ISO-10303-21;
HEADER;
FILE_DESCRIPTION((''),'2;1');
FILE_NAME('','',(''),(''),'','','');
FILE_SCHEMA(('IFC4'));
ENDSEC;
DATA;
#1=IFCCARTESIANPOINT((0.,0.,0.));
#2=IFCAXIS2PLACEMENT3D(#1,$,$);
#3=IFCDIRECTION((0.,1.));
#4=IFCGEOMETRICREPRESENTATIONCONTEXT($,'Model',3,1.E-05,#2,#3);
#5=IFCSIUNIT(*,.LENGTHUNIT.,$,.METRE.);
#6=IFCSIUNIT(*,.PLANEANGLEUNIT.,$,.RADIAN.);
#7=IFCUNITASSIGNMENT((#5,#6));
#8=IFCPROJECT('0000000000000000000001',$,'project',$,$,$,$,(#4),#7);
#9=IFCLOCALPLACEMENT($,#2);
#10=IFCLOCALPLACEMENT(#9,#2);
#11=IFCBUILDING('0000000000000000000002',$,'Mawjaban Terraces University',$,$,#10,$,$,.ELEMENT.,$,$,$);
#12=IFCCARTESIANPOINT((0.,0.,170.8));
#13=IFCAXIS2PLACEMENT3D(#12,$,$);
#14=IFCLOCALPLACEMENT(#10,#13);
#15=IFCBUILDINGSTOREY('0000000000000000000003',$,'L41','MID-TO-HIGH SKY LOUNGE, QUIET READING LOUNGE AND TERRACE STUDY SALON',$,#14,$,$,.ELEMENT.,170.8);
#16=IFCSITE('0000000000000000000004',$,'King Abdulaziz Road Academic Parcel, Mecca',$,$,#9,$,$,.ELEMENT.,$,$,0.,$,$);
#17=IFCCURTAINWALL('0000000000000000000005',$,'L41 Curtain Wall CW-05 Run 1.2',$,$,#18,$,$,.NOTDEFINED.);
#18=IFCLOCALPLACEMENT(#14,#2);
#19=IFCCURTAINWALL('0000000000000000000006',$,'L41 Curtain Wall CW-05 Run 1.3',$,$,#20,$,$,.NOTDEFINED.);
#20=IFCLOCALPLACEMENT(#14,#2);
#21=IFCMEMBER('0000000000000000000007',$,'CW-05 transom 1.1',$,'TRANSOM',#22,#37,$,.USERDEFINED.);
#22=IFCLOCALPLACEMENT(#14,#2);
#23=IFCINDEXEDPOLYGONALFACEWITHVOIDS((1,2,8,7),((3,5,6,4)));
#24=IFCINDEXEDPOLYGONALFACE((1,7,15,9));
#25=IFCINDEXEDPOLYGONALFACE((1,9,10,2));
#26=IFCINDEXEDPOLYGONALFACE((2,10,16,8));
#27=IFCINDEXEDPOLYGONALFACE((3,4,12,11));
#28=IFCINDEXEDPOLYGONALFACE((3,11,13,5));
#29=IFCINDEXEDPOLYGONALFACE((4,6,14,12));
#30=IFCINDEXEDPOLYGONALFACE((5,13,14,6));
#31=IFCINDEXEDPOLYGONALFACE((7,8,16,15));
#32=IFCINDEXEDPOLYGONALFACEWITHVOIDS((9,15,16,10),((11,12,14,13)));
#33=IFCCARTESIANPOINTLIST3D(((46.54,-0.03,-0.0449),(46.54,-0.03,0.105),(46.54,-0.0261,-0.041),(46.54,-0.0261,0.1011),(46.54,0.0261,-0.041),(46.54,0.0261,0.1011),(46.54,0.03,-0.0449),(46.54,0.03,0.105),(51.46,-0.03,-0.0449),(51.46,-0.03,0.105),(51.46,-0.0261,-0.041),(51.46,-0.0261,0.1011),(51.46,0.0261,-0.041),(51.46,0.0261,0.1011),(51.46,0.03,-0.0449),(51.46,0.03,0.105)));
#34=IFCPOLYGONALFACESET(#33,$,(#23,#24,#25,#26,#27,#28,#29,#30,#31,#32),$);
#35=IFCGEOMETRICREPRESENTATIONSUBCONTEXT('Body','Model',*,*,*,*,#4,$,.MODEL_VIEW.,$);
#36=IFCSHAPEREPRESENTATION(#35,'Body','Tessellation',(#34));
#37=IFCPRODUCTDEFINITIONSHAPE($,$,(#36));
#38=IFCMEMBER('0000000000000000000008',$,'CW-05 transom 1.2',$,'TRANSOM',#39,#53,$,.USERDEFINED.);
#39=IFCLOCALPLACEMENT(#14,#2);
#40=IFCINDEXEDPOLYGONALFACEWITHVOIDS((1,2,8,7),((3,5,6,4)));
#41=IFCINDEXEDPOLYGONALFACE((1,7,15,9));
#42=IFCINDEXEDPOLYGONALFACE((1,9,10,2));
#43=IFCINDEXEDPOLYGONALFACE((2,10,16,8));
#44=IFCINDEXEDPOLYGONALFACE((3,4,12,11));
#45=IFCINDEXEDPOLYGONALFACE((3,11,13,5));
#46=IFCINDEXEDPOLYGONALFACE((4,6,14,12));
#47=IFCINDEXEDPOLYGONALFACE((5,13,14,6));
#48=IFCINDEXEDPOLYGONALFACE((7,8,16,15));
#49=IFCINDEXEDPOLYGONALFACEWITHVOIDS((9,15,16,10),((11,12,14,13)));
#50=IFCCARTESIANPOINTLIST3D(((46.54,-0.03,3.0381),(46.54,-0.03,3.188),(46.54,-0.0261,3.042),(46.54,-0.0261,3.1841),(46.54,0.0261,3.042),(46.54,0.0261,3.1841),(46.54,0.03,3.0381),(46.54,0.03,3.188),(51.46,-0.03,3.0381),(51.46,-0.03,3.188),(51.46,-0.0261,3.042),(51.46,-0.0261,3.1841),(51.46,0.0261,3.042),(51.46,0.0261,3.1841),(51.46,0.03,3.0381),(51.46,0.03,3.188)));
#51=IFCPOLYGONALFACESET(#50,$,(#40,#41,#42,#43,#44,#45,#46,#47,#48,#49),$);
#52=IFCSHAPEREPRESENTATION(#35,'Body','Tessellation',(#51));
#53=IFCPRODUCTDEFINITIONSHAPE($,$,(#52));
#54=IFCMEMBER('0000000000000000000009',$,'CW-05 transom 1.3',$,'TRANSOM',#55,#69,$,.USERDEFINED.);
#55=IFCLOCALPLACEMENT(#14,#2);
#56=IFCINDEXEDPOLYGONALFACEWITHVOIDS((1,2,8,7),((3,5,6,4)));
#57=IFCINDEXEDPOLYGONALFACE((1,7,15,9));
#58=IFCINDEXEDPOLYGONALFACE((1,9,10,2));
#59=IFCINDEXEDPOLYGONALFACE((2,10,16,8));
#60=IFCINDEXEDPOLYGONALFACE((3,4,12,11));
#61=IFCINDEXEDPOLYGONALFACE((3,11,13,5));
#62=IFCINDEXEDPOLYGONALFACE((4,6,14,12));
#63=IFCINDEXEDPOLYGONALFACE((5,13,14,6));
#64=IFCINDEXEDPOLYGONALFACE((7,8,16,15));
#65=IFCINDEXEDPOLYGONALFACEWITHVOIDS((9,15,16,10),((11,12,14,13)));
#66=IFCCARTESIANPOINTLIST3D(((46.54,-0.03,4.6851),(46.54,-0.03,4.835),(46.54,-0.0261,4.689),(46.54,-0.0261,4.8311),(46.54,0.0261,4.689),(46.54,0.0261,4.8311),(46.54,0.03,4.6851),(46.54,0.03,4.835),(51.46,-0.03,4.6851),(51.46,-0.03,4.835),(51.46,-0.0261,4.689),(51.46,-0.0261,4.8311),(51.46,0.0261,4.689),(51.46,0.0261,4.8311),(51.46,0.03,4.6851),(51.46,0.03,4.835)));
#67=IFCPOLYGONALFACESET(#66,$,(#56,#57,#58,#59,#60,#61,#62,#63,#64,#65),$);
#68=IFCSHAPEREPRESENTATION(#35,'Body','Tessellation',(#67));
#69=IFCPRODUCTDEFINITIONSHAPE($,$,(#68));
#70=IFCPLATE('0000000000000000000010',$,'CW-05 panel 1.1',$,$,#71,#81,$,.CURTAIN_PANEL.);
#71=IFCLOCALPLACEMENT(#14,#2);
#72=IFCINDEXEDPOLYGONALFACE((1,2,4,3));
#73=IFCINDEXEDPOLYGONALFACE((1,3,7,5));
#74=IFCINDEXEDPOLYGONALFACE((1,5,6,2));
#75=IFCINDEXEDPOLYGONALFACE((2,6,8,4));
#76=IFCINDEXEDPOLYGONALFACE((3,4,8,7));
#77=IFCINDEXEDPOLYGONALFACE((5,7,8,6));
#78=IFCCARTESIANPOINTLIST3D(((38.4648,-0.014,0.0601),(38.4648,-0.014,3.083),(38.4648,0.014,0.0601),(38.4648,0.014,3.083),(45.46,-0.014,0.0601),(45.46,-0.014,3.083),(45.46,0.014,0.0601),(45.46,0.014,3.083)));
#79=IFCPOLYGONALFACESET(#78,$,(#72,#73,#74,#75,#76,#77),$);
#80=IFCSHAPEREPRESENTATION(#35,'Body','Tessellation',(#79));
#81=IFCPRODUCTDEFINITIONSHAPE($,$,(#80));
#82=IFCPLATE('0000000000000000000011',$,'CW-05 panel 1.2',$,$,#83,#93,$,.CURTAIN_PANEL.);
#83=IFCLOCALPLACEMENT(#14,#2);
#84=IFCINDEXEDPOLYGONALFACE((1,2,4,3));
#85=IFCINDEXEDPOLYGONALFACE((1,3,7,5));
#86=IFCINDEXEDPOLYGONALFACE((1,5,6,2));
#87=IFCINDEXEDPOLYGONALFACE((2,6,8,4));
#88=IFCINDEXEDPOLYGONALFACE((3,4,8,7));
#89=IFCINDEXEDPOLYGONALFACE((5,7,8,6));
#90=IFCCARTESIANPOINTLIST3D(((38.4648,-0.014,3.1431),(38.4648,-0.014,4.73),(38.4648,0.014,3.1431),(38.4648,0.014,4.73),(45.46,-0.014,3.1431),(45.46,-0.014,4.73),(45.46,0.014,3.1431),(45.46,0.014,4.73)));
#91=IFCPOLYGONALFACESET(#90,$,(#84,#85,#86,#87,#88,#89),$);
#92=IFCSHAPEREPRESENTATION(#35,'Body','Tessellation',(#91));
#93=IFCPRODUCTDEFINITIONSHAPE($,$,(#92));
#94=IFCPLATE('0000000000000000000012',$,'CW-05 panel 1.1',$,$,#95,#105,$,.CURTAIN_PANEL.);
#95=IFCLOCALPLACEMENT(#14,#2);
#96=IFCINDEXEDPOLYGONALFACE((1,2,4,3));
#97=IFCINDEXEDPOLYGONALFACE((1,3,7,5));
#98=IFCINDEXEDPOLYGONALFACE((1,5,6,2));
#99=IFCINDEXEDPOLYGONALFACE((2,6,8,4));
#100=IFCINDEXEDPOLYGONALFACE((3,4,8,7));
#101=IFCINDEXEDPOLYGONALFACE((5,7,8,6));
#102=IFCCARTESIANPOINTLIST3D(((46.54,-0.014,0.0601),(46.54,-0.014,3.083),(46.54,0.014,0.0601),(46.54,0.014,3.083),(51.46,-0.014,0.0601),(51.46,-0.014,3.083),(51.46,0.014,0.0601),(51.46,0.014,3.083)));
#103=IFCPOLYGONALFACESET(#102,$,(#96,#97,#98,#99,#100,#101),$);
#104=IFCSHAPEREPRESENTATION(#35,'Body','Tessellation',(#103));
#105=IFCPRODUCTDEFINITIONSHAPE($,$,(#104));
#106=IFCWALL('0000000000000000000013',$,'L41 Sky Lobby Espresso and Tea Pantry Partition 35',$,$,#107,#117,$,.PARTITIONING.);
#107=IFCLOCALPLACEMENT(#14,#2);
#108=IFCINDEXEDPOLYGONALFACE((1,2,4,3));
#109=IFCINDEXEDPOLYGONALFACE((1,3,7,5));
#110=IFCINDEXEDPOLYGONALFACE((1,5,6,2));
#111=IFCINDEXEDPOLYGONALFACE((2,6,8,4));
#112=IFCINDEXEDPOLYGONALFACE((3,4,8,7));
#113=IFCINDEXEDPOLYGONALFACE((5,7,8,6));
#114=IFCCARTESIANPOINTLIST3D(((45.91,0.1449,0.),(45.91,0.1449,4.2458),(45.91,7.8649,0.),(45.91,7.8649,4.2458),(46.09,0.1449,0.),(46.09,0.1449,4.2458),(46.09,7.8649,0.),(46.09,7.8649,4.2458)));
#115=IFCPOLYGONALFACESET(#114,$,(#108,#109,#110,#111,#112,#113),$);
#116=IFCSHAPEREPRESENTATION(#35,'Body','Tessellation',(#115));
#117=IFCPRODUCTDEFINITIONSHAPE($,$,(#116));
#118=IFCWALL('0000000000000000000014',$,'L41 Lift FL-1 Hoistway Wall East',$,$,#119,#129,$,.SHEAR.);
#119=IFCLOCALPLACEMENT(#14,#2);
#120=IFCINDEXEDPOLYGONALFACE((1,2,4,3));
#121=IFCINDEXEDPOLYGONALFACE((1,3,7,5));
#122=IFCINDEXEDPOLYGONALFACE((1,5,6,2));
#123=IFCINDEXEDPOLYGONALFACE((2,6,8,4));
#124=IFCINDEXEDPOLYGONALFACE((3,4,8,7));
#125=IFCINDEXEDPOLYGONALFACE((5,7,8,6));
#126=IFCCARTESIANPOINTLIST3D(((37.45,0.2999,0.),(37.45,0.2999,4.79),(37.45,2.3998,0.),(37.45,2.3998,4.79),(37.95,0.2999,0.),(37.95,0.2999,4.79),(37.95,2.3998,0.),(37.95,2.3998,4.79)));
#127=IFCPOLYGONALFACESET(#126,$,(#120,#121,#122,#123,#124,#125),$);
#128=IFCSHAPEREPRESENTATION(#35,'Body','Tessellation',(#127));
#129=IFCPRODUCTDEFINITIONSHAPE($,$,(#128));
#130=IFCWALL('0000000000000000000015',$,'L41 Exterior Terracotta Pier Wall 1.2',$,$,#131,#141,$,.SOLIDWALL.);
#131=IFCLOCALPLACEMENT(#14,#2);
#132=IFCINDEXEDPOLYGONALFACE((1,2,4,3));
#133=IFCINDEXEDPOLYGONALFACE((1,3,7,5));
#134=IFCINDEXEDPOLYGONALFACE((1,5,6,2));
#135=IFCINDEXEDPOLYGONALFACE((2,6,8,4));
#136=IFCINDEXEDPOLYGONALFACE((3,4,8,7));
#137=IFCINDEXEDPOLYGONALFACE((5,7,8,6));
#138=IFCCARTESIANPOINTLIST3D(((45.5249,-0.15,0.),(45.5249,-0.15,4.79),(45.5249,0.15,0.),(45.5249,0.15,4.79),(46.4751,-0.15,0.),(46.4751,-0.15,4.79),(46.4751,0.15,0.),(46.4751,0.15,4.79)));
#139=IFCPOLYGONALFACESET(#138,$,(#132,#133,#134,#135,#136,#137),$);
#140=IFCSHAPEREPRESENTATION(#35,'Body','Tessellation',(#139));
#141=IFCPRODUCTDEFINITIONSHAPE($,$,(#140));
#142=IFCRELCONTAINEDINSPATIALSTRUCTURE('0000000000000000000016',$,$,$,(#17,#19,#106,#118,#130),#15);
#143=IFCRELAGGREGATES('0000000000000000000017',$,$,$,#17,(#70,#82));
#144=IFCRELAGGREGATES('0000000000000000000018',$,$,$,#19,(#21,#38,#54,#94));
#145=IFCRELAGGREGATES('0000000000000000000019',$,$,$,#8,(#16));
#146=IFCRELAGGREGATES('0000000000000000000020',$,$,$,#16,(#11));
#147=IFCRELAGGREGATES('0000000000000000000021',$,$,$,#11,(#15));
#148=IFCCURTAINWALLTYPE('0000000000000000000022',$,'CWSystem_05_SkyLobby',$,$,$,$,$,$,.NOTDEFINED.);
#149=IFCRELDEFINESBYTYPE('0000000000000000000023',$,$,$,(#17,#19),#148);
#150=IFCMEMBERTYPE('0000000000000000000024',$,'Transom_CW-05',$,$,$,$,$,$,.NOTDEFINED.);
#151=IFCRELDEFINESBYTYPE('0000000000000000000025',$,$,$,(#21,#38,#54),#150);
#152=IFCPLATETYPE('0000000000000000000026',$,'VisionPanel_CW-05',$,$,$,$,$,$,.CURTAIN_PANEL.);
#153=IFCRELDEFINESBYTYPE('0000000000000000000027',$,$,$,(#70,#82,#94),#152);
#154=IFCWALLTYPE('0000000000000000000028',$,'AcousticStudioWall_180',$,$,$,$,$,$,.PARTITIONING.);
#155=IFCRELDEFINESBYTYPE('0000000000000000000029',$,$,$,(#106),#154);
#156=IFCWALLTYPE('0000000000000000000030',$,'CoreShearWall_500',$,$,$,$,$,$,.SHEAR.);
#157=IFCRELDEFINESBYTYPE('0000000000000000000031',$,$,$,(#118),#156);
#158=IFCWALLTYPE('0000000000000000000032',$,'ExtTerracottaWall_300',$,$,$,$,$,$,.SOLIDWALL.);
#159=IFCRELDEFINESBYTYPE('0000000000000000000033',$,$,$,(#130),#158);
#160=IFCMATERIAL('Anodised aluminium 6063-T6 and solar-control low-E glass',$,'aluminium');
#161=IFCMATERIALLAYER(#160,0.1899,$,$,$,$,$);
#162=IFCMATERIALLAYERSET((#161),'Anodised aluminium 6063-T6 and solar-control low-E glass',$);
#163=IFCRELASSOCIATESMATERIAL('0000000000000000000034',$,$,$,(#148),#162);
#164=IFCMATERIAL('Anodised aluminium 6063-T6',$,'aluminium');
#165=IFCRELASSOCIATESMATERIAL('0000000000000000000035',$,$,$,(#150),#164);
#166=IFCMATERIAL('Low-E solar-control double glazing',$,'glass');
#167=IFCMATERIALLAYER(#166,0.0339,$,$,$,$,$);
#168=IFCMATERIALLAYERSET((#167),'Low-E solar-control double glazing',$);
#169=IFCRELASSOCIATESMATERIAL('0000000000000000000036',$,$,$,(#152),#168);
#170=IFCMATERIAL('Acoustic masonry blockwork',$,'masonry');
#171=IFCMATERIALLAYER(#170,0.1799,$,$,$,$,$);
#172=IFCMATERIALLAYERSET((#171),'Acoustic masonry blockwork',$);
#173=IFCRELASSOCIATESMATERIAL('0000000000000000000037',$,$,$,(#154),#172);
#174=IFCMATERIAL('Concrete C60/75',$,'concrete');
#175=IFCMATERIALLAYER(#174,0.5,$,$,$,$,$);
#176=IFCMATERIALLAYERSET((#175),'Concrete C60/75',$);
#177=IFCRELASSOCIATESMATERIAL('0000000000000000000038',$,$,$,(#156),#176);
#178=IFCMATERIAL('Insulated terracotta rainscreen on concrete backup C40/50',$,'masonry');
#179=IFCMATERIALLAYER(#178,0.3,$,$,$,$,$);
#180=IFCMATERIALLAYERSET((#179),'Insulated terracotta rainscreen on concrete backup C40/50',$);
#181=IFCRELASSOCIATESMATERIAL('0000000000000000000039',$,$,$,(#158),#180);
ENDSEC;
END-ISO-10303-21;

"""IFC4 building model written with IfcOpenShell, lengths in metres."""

from ifc_helpers import new_model, si_unit, direction, frame, frame_2d, origin, origin_2d, place, context, subcontext, project, spatial, rectangle, hollow_rectangle, extrude, material, layer, layer_set, material_profile, profile_set, type_object, element, aggregate, save


model = new_model("IFC4")

# Units and contexts
model_context = context("Model", 3, precision=1e-05, world=origin(), true_north=direction((0.0, 1.0)))
body_context = subcontext(model_context, "Body", "Model", "MODEL_VIEW")
ifc_project = project(units=[si_unit("LENGTHUNIT", "METRE"), si_unit("PLANEANGLEUNIT", "RADIAN")], contexts=[model_context])

# Site, building, storey
site_placement = place(None, origin())
site = spatial("IfcSite", under=ifc_project, at=site_placement, Name="King Abdulaziz Road Academic Parcel, Mecca", CompositionType="ELEMENT", RefElevation=0.0)
building_placement = place(site_placement, origin())
building = spatial("IfcBuilding", under=site, at=building_placement, Name="Mawjaban Terraces University", CompositionType="ELEMENT")
storey_placement = place(building_placement, frame((0.0, 0.0, 170.8)))
storey = spatial("IfcBuildingStorey", under=building, at=storey_placement, Name="L41", Description="MID-TO-HIGH SKY LOUNGE, QUIET READING LOUNGE AND TERRACE STUDY SALON", CompositionType="ELEMENT", Elevation=170.8)

# Curtain wall
ifc_material_1 = material(Name="Anodised aluminium 6063-T6 and solar-control low-E glass", Category="aluminium")
ifc_layer_1 = layer(ifc_material_1, 0.1899)
ifc_layer_set_1 = layer_set([ifc_layer_1], Name="Anodised aluminium 6063-T6 and solar-control low-E glass")
curtain_wall_type = type_object("IfcCurtainWallType", Name="CWSystem_05_SkyLobby", PredefinedType="NOTDEFINED", material=ifc_layer_set_1)
curtain_wall_1_placement = place(storey_placement, origin())
curtain_wall_1 = element("IfcCurtainWall", 1, at=curtain_wall_1_placement, inside=storey, type_object=curtain_wall_type, Name="L41 Curtain Wall CW-05 Run 1.2", PredefinedType="NOTDEFINED")
ifc_material_2 = material(Name="Anodised aluminium 6063-T6", Category="aluminium")

# Curtain wall
curtain_wall_2_placement = place(storey_placement, origin())
curtain_wall_2 = element("IfcCurtainWall", 2, at=curtain_wall_2_placement, inside=storey, type_object=curtain_wall_type, Name="L41 Curtain Wall CW-05 Run 1.3", PredefinedType="NOTDEFINED")

# Members
ifc_material_profile_1 = material_profile(ifc_material_2, hollow_rectangle(XDim=0.0601, YDim=0.1499, WallThickness=0.0039, at=origin_2d()), Name="ALU150X60X4")
ifc_profile_set_1 = profile_set([ifc_material_profile_1], Name="Anodised aluminium 6063-T6")
member_type_1 = type_object("IfcMemberType", Name="Transom_CW-05", PredefinedType="NOTDEFINED", material=ifc_profile_set_1)
member_1_placement = place(storey_placement, frame((46.54, 0.0, 0.03), z_axis=(1.0, 0.0, 0.0), x_axis=(0.0, 1.0, 0.0)))
member_1 = element("IfcMember", 3, at=member_1_placement, type_object=member_type_1, Name="CW-05 transom 1.1", ObjectType="TRANSOM", PredefinedType="USERDEFINED", context=body_context, shape_type="SweptSolid", body=[
    extrude(hollow_rectangle(XDim=0.0601, YDim=0.1499, WallThickness=0.0039, at=origin_2d()), origin(), (0.0, 0.0, 1.0), 4.9199),
])
member_2_placement = place(storey_placement, frame((46.54, 0.0, 3.113), z_axis=(1.0, 0.0, 0.0), x_axis=(0.0, 1.0, 0.0)))
member_2 = element("IfcMember", 4, at=member_2_placement, type_object=member_type_1, Name="CW-05 transom 1.2", ObjectType="TRANSOM", PredefinedType="USERDEFINED", context=body_context, shape_type="SweptSolid", body=[
    extrude(hollow_rectangle(XDim=0.0601, YDim=0.1499, WallThickness=0.0039, at=origin_2d()), origin(), (0.0, 0.0, 1.0), 4.9199),
])
member_3_placement = place(storey_placement, frame((46.54, 0.0, 4.76), z_axis=(1.0, 0.0, 0.0), x_axis=(0.0, 1.0, 0.0)))
member_3 = element("IfcMember", 5, at=member_3_placement, type_object=member_type_1, Name="CW-05 transom 1.3", ObjectType="TRANSOM", PredefinedType="USERDEFINED", context=body_context, shape_type="SweptSolid", body=[
    extrude(hollow_rectangle(XDim=0.0601, YDim=0.1499, WallThickness=0.0039, at=origin_2d()), origin(), (0.0, 0.0, 1.0), 4.9199),
])

# Plates
ifc_material_3 = material(Name="Low-E solar-control double glazing", Category="glass")
ifc_layer_2 = layer(ifc_material_3, 0.0339)
ifc_layer_set_2 = layer_set([ifc_layer_2], Name="Low-E solar-control double glazing")
plate_type = type_object("IfcPlateType", Name="VisionPanel_CW-05", PredefinedType="CURTAIN_PANEL", material=ifc_layer_set_2)
plate_1_placement = place(storey_placement, frame((41.9624, 0.0, 0.0601), z_axis=(0.0, 0.0, 1.0), x_axis=(1.0, 0.0, 0.0)))
plate_1 = element("IfcPlate", 6, at=plate_1_placement, type_object=plate_type, Name="CW-05 panel 1.1", PredefinedType="CURTAIN_PANEL", context=body_context, shape_type="SweptSolid", body=[
    extrude(rectangle(XDim=6.9951, YDim=0.0281, at=origin_2d()), origin(), (0.0, 0.0, 1.0), 3.0229),
])
plate_2_placement = place(storey_placement, frame((41.9624, 0.0, 3.1431), z_axis=(0.0, 0.0, 1.0), x_axis=(1.0, 0.0, 0.0)))
plate_2 = element("IfcPlate", 7, at=plate_2_placement, type_object=plate_type, Name="CW-05 panel 1.2", PredefinedType="CURTAIN_PANEL", context=body_context, shape_type="SweptSolid", body=[
    extrude(rectangle(XDim=6.9951, YDim=0.0281, at=origin_2d()), origin(), (0.0, 0.0, 1.0), 1.5869),
])
aggregate(curtain_wall_1, [plate_1, plate_2])
plate_3_placement = place(storey_placement, frame((49.0, 0.0, 0.0601), z_axis=(0.0, 0.0, 1.0), x_axis=(1.0, 0.0, 0.0)))
plate_3 = element("IfcPlate", 8, at=plate_3_placement, type_object=plate_type, Name="CW-05 panel 1.1", PredefinedType="CURTAIN_PANEL", context=body_context, shape_type="SweptSolid", body=[
    extrude(rectangle(XDim=4.9199, YDim=0.0281, at=origin_2d()), origin(), (0.0, 0.0, 1.0), 3.0229),
])
aggregate(curtain_wall_2, [member_1, member_2, member_3, plate_3])

# Walls
ifc_material_4 = material(Name="Acoustic masonry blockwork", Category="masonry")
ifc_layer_3 = layer(ifc_material_4, 0.1799)
ifc_layer_set_3 = layer_set([ifc_layer_3], Name="Acoustic masonry blockwork")
wall_type_1 = type_object("IfcWallType", Name="AcousticStudioWall_180", PredefinedType="PARTITIONING", material=ifc_layer_set_3)
wall_1_placement = place(storey_placement, frame((46.0, 0.145, 0.0), z_axis=(0.0, 0.0, 1.0), x_axis=(0.0, 1.0, 0.0)))
element("IfcWall", 9, at=wall_1_placement, inside=storey, type_object=wall_type_1, Name="L41 Sky Lobby Espresso and Tea Pantry Partition 35", PredefinedType="PARTITIONING", context=body_context, shape_type="SweptSolid", body=[
    extrude(rectangle(XDim=7.72, YDim=0.1799, at=frame_2d((3.8599, 0.0))), origin(), (0.0, 0.0, 1.0), 4.2458),
])
ifc_material_5 = material(Name="Concrete C60/75", Category="concrete")
ifc_layer_4 = layer(ifc_material_5, 0.5)
ifc_layer_set_4 = layer_set([ifc_layer_4], Name="Concrete C60/75")
wall_type_2 = type_object("IfcWallType", Name="CoreShearWall_500", PredefinedType="SHEAR", material=ifc_layer_set_4)
wall_2_placement = place(storey_placement, frame((37.7, 0.3, 0.0), z_axis=(0.0, 0.0, 1.0), x_axis=(0.0, 1.0, 0.0)))
element("IfcWall", 10, at=wall_2_placement, inside=storey, type_object=wall_type_2, Name="L41 Lift FL-1 Hoistway Wall East", PredefinedType="SHEAR", context=body_context, shape_type="SweptSolid", body=[
    extrude(rectangle(XDim=2.0999, YDim=0.5, at=frame_2d((1.0498, 0.0))), origin(), (0.0, 0.0, 1.0), 4.79),
])
ifc_material_6 = material(Name="Insulated terracotta rainscreen on concrete backup C40/50", Category="masonry")
ifc_layer_5 = layer(ifc_material_6, 0.3)
ifc_layer_set_5 = layer_set([ifc_layer_5], Name="Insulated terracotta rainscreen on concrete backup C40/50")
wall_type_3 = type_object("IfcWallType", Name="ExtTerracottaWall_300", PredefinedType="SOLIDWALL", material=ifc_layer_set_5)
wall_3_placement = place(storey_placement, frame((45.5249, 0.0, 0.0), z_axis=(0.0, 0.0, 1.0), x_axis=(1.0, 0.0, 0.0)))
element("IfcWall", 11, at=wall_3_placement, inside=storey, type_object=wall_type_3, Name="L41 Exterior Terracotta Pier Wall 1.2", PredefinedType="SOLIDWALL", context=body_context, shape_type="SweptSolid", body=[
    extrude(rectangle(XDim=0.9502, YDim=0.3, at=frame_2d((0.4751, 0.0))), origin(), (0.0, 0.0, 1.0), 4.79),
])

save(model, "model.ifc")
